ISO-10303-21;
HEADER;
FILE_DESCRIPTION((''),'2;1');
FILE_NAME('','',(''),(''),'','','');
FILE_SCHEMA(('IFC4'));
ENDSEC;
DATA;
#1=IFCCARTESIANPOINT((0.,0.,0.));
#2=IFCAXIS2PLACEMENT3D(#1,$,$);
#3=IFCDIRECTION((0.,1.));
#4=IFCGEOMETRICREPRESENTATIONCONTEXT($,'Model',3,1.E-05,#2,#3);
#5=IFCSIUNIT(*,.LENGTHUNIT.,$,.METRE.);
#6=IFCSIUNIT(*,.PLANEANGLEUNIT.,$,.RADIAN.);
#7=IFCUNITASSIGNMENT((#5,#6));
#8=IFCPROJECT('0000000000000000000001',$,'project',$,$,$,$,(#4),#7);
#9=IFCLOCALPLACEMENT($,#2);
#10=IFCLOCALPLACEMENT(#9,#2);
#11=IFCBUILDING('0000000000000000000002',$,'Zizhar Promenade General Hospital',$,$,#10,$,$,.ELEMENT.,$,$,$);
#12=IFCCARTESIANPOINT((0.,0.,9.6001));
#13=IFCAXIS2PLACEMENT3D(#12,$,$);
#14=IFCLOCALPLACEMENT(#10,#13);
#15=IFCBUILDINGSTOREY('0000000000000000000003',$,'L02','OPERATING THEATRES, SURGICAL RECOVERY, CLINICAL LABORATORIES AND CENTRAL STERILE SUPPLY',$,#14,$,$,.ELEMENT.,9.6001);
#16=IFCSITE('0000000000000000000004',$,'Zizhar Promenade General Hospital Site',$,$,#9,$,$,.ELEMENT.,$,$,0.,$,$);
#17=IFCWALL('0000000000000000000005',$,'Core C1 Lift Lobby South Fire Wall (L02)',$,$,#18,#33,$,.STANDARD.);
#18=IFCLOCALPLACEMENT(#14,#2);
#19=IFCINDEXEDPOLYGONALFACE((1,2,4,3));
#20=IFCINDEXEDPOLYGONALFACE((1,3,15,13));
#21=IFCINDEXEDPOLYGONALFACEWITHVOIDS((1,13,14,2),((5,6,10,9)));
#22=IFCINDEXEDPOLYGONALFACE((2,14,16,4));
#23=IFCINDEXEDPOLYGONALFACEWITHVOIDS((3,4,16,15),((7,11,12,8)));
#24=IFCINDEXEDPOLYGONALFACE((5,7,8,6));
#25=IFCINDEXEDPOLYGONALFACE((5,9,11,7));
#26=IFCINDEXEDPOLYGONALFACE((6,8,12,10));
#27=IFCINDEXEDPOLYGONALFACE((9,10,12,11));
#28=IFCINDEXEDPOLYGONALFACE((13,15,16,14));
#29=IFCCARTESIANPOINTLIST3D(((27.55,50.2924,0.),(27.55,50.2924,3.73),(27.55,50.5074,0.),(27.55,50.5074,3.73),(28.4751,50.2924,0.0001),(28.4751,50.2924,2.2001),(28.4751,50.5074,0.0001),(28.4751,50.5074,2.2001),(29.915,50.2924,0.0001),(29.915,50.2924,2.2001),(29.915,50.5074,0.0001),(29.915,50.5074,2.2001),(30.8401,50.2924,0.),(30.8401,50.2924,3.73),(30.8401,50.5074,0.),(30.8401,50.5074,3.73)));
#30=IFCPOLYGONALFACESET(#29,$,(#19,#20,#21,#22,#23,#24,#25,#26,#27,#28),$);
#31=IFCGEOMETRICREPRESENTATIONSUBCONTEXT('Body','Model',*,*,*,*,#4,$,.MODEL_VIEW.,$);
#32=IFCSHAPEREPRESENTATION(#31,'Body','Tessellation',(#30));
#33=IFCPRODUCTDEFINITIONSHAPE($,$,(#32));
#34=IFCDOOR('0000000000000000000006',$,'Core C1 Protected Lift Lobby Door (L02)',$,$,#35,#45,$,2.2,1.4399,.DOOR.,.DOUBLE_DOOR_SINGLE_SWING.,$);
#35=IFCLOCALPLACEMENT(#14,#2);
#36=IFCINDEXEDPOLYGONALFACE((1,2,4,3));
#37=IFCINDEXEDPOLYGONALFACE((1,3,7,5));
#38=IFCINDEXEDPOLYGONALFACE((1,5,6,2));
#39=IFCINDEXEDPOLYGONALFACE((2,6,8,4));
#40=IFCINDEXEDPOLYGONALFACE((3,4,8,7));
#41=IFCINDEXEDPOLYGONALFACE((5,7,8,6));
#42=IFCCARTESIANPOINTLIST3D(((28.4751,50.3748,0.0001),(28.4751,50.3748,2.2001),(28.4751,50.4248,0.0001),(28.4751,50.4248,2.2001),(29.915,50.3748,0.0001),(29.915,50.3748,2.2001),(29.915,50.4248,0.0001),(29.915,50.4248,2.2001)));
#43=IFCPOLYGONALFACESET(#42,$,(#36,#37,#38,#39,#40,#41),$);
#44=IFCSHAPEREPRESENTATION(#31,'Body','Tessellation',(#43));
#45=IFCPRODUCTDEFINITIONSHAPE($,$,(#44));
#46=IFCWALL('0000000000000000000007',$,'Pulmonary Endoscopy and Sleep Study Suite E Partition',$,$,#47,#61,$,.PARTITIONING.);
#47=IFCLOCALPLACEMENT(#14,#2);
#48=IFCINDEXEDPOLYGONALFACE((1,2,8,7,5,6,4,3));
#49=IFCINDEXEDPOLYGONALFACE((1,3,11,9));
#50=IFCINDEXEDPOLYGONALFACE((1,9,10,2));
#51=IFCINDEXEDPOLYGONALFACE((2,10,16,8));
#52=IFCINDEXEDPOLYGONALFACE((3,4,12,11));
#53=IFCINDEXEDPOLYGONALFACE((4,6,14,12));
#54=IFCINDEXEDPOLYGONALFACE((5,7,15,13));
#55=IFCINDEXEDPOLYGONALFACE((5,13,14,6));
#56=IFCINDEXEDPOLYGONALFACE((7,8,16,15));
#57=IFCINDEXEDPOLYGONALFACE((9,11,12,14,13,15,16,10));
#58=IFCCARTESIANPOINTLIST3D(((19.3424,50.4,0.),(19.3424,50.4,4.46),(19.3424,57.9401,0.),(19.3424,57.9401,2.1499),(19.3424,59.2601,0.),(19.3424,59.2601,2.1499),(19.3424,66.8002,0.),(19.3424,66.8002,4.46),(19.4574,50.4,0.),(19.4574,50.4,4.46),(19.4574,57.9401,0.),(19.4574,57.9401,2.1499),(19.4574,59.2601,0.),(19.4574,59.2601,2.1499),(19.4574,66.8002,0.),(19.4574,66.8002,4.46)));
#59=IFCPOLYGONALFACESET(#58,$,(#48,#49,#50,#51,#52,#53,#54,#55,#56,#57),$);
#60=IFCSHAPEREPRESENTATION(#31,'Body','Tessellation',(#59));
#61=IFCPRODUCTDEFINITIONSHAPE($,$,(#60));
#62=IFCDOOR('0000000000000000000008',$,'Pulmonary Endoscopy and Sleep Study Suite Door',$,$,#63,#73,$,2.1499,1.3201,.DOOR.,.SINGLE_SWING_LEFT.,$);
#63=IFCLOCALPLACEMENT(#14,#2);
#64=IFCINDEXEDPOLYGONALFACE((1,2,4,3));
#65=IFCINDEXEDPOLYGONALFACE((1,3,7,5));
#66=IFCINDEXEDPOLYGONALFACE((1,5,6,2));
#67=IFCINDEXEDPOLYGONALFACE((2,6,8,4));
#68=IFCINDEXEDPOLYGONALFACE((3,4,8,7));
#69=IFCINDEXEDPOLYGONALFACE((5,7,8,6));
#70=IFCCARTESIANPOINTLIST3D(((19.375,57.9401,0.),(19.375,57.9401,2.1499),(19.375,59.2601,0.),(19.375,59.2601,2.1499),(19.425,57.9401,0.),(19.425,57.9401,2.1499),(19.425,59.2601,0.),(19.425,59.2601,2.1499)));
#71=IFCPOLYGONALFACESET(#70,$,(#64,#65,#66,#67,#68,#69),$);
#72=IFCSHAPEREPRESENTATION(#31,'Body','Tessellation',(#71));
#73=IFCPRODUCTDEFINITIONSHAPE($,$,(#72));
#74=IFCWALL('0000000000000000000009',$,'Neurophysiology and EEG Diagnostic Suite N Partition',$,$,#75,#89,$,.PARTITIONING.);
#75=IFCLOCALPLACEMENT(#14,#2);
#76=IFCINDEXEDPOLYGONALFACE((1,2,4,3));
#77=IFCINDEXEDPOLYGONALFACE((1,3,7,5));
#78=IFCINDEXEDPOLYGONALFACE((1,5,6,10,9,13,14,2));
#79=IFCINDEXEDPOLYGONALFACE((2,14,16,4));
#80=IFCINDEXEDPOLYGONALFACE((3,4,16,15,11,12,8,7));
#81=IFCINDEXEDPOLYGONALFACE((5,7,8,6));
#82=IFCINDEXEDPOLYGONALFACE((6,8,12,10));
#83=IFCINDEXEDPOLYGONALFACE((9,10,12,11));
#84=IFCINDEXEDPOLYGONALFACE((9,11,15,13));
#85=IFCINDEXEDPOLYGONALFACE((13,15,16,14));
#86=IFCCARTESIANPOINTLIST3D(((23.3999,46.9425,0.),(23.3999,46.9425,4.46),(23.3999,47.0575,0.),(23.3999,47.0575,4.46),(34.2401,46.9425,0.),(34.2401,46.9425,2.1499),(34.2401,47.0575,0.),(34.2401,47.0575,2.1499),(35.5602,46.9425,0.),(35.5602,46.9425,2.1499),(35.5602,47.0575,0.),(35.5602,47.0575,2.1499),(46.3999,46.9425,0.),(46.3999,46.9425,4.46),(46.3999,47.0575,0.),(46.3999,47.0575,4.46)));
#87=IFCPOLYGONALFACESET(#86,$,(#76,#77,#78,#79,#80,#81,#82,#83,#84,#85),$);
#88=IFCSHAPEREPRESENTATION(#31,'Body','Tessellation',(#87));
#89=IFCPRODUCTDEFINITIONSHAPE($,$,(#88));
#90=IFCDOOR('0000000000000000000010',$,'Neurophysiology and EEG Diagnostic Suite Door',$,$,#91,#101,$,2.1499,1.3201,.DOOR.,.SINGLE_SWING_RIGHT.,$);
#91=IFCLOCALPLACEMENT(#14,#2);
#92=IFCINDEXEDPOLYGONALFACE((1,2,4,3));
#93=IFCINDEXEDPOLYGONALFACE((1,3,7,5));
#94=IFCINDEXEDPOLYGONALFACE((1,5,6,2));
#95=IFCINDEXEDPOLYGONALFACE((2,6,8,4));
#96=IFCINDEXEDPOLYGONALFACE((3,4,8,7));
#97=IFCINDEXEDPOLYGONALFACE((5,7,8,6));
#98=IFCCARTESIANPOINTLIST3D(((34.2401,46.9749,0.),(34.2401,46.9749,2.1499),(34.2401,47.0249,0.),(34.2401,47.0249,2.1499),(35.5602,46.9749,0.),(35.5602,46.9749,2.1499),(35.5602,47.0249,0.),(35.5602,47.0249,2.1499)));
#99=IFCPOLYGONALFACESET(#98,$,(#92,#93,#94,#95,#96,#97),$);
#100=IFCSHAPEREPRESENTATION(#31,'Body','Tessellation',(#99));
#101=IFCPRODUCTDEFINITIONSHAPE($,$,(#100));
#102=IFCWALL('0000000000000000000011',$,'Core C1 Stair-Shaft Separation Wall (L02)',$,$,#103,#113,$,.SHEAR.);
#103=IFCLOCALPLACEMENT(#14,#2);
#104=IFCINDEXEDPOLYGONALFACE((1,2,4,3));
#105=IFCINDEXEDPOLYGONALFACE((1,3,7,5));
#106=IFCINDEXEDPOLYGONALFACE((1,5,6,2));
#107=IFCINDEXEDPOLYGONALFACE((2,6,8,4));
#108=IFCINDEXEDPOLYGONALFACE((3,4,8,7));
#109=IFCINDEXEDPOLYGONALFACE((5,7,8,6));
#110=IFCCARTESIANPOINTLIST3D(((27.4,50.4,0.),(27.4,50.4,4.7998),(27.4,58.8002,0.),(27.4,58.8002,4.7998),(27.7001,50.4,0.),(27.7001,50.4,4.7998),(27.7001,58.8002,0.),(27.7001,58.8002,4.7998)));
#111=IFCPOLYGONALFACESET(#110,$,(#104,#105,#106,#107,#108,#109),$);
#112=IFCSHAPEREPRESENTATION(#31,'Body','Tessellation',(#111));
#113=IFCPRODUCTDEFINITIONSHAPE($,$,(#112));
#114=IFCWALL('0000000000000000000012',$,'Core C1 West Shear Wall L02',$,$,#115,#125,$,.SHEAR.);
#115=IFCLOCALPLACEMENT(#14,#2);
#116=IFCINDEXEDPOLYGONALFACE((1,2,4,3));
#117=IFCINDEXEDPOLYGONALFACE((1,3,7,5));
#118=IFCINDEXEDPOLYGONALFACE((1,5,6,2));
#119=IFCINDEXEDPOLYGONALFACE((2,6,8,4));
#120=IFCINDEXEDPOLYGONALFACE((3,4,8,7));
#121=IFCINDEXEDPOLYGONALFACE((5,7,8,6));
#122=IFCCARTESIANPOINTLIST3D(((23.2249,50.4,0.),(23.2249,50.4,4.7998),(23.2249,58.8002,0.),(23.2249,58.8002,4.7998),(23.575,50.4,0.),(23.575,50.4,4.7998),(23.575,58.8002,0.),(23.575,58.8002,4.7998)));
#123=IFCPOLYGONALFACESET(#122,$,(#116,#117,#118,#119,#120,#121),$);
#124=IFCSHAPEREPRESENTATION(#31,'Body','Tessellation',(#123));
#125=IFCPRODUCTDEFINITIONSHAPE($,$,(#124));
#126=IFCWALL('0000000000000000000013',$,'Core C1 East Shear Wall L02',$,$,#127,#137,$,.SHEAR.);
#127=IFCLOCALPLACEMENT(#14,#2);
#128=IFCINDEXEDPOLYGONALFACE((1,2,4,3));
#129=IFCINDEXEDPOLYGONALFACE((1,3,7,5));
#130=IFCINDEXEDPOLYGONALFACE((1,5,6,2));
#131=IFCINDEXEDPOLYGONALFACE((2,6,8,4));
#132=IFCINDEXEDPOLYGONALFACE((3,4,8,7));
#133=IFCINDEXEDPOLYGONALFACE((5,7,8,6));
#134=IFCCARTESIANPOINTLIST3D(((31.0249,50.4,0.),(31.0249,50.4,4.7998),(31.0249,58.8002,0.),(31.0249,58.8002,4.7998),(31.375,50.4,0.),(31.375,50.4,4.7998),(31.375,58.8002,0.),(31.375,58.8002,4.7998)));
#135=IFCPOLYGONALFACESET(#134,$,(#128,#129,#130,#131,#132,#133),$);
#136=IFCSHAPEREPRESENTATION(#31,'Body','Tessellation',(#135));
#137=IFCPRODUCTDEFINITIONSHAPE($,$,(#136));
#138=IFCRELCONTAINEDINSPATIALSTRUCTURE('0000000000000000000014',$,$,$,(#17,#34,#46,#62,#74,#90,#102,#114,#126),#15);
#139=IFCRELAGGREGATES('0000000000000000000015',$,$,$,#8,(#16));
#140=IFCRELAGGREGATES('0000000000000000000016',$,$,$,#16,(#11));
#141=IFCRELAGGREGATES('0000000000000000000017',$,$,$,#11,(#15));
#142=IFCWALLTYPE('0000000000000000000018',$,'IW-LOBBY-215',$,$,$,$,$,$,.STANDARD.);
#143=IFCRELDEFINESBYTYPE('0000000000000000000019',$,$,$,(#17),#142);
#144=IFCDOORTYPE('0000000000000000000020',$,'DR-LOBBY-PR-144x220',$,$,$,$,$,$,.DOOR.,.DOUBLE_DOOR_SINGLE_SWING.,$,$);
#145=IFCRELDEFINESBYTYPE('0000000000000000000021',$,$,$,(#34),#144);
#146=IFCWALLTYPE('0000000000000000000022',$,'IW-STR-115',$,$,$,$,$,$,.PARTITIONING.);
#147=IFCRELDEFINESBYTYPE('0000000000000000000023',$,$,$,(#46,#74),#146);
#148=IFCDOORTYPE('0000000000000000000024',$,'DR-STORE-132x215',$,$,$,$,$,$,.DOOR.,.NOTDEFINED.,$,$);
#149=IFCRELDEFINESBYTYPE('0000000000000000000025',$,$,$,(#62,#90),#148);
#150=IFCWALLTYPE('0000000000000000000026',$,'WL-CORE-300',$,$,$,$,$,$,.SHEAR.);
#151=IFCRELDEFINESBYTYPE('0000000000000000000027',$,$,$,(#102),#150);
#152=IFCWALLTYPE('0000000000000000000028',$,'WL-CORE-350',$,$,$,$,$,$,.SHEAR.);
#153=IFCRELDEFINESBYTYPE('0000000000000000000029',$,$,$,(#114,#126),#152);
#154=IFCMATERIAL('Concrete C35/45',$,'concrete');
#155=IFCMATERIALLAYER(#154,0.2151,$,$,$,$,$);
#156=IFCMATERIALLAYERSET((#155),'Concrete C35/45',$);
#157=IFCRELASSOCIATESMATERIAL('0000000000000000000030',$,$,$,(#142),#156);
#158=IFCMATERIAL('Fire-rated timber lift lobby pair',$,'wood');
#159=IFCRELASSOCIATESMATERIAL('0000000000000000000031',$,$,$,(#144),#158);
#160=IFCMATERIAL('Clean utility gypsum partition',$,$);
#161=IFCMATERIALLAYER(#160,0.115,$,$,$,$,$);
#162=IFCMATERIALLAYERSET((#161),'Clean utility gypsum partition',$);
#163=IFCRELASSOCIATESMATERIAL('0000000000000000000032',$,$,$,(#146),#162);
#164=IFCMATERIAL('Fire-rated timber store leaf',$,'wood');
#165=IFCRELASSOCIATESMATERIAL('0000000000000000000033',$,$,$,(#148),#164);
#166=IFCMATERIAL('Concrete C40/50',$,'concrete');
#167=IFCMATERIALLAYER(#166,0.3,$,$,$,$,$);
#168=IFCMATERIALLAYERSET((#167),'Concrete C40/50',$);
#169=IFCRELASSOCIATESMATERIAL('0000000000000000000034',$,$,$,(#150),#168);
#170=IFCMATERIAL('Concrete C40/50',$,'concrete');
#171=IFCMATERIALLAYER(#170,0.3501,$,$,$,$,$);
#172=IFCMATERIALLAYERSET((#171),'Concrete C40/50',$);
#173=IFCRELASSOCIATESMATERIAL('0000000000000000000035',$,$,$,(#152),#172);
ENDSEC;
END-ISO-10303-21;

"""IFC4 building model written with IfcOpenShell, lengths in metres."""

from ifc_helpers import new_model, si_unit, direction, frame, frame_2d, origin, place, context, subcontext, project, spatial, rectangle, extrude, material, layer, layer_set, type_object, element, fill, save


model = new_model("IFC4")

# Units and contexts
model_context = context("Model", 3, precision=1e-05, world=origin(), true_north=direction((0.0, 1.0)))
body_context = subcontext(model_context, "Body", "Model", "MODEL_VIEW")
ifc_project = project(units=[si_unit("LENGTHUNIT", "METRE"), si_unit("PLANEANGLEUNIT", "RADIAN")], contexts=[model_context])

# Site, building, storey
site_placement = place(None, origin())
site = spatial("IfcSite", under=ifc_project, at=site_placement, Name="Zizhar Promenade General Hospital Site", CompositionType="ELEMENT", RefElevation=0.0)
building_placement = place(site_placement, origin())
building = spatial("IfcBuilding", under=site, at=building_placement, Name="Zizhar Promenade General Hospital", CompositionType="ELEMENT")
storey_placement = place(building_placement, frame((0.0, 0.0, 9.6001)))
storey = spatial("IfcBuildingStorey", under=building, at=storey_placement, Name="L02", Description="OPERATING THEATRES, SURGICAL RECOVERY, CLINICAL LABORATORIES AND CENTRAL STERILE SUPPLY", CompositionType="ELEMENT", Elevation=9.6001)

# Walls, openings, doors
ifc_material_1 = material(Name="Concrete C35/45", Category="concrete")
ifc_layer_1 = layer(ifc_material_1, 0.2151)
ifc_layer_set_1 = layer_set([ifc_layer_1], Name="Concrete C35/45")
wall_type_1 = type_object("IfcWallType", Name="IW-LOBBY-215", PredefinedType="STANDARD", material=ifc_layer_set_1)
wall_1_placement = place(storey_placement, frame((27.55, 50.3999, 0.0), z_axis=(0.0, 0.0, 1.0), x_axis=(1.0, 0.0, 0.0)))
wall_1 = element("IfcWall", 1, at=wall_1_placement, inside=storey, type_object=wall_type_1, Name="Core C1 Lift Lobby South Fire Wall (L02)", PredefinedType="STANDARD", context=body_context, shape_type="SweptSolid", body=[
    extrude(rectangle(XDim=3.29, YDim=0.2151, at=frame_2d((1.645, 0.0))), origin(), (0.0, 0.0, 1.0), 3.73),
])
opening_1_placement = place(wall_1_placement, frame((0.925, 0.0, 0.0)))
opening_1 = element("IfcOpeningElement", 2, at=opening_1_placement, cuts=wall_1, PredefinedType="OPENING", context=body_context, shape_type="SweptSolid", body=[
    extrude(rectangle(XDim=1.4399, YDim=2.2, at=frame_2d((0.72, 1.1001))), frame((0.0, 0.1177, 0.0), z_axis=(0.0, -1.0, 0.0), x_axis=(1.0, 0.0, 0.0)), (0.0, 0.0, 1.0), 0.2351),
])
ifc_material_2 = material(Name="Fire-rated timber lift lobby pair", Category="wood")
door_type_1 = type_object("IfcDoorType", Name="DR-LOBBY-PR-144x220", OperationType="DOUBLE_DOOR_SINGLE_SWING", PredefinedType="DOOR", material=ifc_material_2)
door_1_placement = place(opening_1_placement, origin())
door_1 = element("IfcDoor", 3, at=door_1_placement, inside=storey, type_object=door_type_1, Name="Core C1 Protected Lift Lobby Door (L02)", OperationType="DOUBLE_DOOR_SINGLE_SWING", OverallHeight=2.2, OverallWidth=1.4399, PredefinedType="DOOR", context=body_context, shape_type="SweptSolid", body=[
    extrude(rectangle(XDim=1.4399, YDim=2.2, at=frame_2d((0.72, 1.1001))), frame((0.0, 0.0249, 0.0), z_axis=(0.0, -1.0, 0.0), x_axis=(1.0, 0.0, 0.0)), (0.0, 0.0, 1.0), 0.05),
])
fill(opening_1, door_1)
ifc_material_3 = material(Name="Clean utility gypsum partition")
ifc_layer_2 = layer(ifc_material_3, 0.115)
ifc_layer_set_2 = layer_set([ifc_layer_2], Name="Clean utility gypsum partition")
wall_type_2 = type_object("IfcWallType", Name="IW-STR-115", PredefinedType="PARTITIONING", material=ifc_layer_set_2)
wall_2_placement = place(storey_placement, frame((19.3999, 50.3999, 0.0), z_axis=(0.0, 0.0, 1.0), x_axis=(0.0, 1.0, 0.0)))
wall_2 = element("IfcWall", 4, at=wall_2_placement, inside=storey, type_object=wall_type_2, Name="Pulmonary Endoscopy and Sleep Study Suite E Partition", PredefinedType="PARTITIONING", context=body_context, shape_type="SweptSolid", body=[
    extrude(rectangle(XDim=16.4001, YDim=0.115, at=frame_2d((8.2002, 0.0))), origin(), (0.0, 0.0, 1.0), 4.46),
])
opening_2_placement = place(wall_2_placement, frame((7.54, 0.0, 0.0)))
opening_2 = element("IfcOpeningElement", 5, at=opening_2_placement, cuts=wall_2, PredefinedType="OPENING", context=body_context, shape_type="SweptSolid", body=[
    extrude(rectangle(XDim=1.3201, YDim=2.1499, at=frame_2d((0.6602, 1.075))), frame((0.0, 0.0674, 0.0), z_axis=(0.0, -1.0, 0.0), x_axis=(1.0, 0.0, 0.0)), (0.0, 0.0, 1.0), 0.135),
])
ifc_material_4 = material(Name="Fire-rated timber store leaf", Category="wood")
door_type_2 = type_object("IfcDoorType", Name="DR-STORE-132x215", OperationType="NOTDEFINED", PredefinedType="DOOR", material=ifc_material_4)
door_2_placement = place(opening_2_placement, origin())
door_2 = element("IfcDoor", 6, at=door_2_placement, inside=storey, type_object=door_type_2, Name="Pulmonary Endoscopy and Sleep Study Suite Door", OperationType="SINGLE_SWING_LEFT", OverallHeight=2.1499, OverallWidth=1.3201, PredefinedType="DOOR", context=body_context, shape_type="SweptSolid", body=[
    extrude(rectangle(XDim=1.3201, YDim=2.1499, at=frame_2d((0.6602, 1.075))), frame((0.0, 0.0249, 0.0), z_axis=(0.0, -1.0, 0.0), x_axis=(1.0, 0.0, 0.0)), (0.0, 0.0, 1.0), 0.05),
])
fill(opening_2, door_2)
wall_3_placement = place(storey_placement, frame((23.3999, 47.0, 0.0), z_axis=(0.0, 0.0, 1.0), x_axis=(1.0, 0.0, 0.0)))
wall_3 = element("IfcWall", 7, at=wall_3_placement, inside=storey, type_object=wall_type_2, Name="Neurophysiology and EEG Diagnostic Suite N Partition", PredefinedType="PARTITIONING", context=body_context, shape_type="SweptSolid", body=[
    extrude(rectangle(XDim=23.0, YDim=0.115, at=frame_2d((11.5, 0.0))), origin(), (0.0, 0.0, 1.0), 4.46),
])
opening_3_placement = place(wall_3_placement, frame((10.8401, 0.0, 0.0)))
opening_3 = element("IfcOpeningElement", 8, at=opening_3_placement, cuts=wall_3, PredefinedType="OPENING", context=body_context, shape_type="SweptSolid", body=[
    extrude(rectangle(XDim=1.3201, YDim=2.1499, at=frame_2d((0.6602, 1.075))), frame((0.0, 0.0674, 0.0), z_axis=(0.0, -1.0, 0.0), x_axis=(1.0, 0.0, 0.0)), (0.0, 0.0, 1.0), 0.135),
])
door_3_placement = place(opening_3_placement, origin())
door_3 = element("IfcDoor", 9, at=door_3_placement, inside=storey, type_object=door_type_2, Name="Neurophysiology and EEG Diagnostic Suite Door", OperationType="SINGLE_SWING_RIGHT", OverallHeight=2.1499, OverallWidth=1.3201, PredefinedType="DOOR", context=body_context, shape_type="SweptSolid", body=[
    extrude(rectangle(XDim=1.3201, YDim=2.1499, at=frame_2d((0.6602, 1.075))), frame((0.0, 0.0249, 0.0), z_axis=(0.0, -1.0, 0.0), x_axis=(1.0, 0.0, 0.0)), (0.0, 0.0, 1.0), 0.05),
])
fill(opening_3, door_3)
ifc_material_5 = material(Name="Concrete C40/50", Category="concrete")
ifc_layer_3 = layer(ifc_material_5, 0.3)
ifc_layer_set_3 = layer_set([ifc_layer_3], Name="Concrete C40/50")
wall_type_3 = type_object("IfcWallType", Name="WL-CORE-300", PredefinedType="SHEAR", material=ifc_layer_set_3)

# Walls
wall_4_placement = place(storey_placement, frame((27.55, 50.3999, 0.0), z_axis=(0.0, 0.0, 1.0), x_axis=(0.0, 1.0, 0.0)))
element("IfcWall", 10, at=wall_4_placement, inside=storey, type_object=wall_type_3, Name="Core C1 Stair-Shaft Separation Wall (L02)", PredefinedType="SHEAR", context=body_context, shape_type="SweptSolid", body=[
    extrude(rectangle(XDim=8.4001, YDim=0.3, at=frame_2d((4.2002, 0.0))), origin(), (0.0, 0.0, 1.0), 4.7998),
])
ifc_material_6 = material(Name="Concrete C40/50", Category="concrete")
ifc_layer_4 = layer(ifc_material_6, 0.3501)
ifc_layer_set_4 = layer_set([ifc_layer_4], Name="Concrete C40/50")
wall_type_4 = type_object("IfcWallType", Name="WL-CORE-350", PredefinedType="SHEAR", material=ifc_layer_set_4)
for number, where, z_axis, x_axis, name in (
    (11, (23.3999, 50.3999, 0.0), (0.0, 0.0, 1.0), (0.0, 1.0, 0.0), "Core C1 West Shear Wall L02"),
    (12, (31.2, 50.3999, 0.0), (0.0, 0.0, 1.0), (0.0, 1.0, 0.0), "Core C1 East Shear Wall L02"),
):
    element("IfcWall", number, at=place(storey_placement, frame(where, z_axis=z_axis, x_axis=x_axis)), inside=storey, type_object=wall_type_4, Name=name, PredefinedType="SHEAR", context=body_context, shape_type="SweptSolid", body=[
        extrude(rectangle(XDim=8.4001, YDim=0.3501, at=frame_2d((4.2002, 0.0))), origin(), (0.0, 0.0, 1.0), 4.7998),
    ])

save(model, "model.ifc")
